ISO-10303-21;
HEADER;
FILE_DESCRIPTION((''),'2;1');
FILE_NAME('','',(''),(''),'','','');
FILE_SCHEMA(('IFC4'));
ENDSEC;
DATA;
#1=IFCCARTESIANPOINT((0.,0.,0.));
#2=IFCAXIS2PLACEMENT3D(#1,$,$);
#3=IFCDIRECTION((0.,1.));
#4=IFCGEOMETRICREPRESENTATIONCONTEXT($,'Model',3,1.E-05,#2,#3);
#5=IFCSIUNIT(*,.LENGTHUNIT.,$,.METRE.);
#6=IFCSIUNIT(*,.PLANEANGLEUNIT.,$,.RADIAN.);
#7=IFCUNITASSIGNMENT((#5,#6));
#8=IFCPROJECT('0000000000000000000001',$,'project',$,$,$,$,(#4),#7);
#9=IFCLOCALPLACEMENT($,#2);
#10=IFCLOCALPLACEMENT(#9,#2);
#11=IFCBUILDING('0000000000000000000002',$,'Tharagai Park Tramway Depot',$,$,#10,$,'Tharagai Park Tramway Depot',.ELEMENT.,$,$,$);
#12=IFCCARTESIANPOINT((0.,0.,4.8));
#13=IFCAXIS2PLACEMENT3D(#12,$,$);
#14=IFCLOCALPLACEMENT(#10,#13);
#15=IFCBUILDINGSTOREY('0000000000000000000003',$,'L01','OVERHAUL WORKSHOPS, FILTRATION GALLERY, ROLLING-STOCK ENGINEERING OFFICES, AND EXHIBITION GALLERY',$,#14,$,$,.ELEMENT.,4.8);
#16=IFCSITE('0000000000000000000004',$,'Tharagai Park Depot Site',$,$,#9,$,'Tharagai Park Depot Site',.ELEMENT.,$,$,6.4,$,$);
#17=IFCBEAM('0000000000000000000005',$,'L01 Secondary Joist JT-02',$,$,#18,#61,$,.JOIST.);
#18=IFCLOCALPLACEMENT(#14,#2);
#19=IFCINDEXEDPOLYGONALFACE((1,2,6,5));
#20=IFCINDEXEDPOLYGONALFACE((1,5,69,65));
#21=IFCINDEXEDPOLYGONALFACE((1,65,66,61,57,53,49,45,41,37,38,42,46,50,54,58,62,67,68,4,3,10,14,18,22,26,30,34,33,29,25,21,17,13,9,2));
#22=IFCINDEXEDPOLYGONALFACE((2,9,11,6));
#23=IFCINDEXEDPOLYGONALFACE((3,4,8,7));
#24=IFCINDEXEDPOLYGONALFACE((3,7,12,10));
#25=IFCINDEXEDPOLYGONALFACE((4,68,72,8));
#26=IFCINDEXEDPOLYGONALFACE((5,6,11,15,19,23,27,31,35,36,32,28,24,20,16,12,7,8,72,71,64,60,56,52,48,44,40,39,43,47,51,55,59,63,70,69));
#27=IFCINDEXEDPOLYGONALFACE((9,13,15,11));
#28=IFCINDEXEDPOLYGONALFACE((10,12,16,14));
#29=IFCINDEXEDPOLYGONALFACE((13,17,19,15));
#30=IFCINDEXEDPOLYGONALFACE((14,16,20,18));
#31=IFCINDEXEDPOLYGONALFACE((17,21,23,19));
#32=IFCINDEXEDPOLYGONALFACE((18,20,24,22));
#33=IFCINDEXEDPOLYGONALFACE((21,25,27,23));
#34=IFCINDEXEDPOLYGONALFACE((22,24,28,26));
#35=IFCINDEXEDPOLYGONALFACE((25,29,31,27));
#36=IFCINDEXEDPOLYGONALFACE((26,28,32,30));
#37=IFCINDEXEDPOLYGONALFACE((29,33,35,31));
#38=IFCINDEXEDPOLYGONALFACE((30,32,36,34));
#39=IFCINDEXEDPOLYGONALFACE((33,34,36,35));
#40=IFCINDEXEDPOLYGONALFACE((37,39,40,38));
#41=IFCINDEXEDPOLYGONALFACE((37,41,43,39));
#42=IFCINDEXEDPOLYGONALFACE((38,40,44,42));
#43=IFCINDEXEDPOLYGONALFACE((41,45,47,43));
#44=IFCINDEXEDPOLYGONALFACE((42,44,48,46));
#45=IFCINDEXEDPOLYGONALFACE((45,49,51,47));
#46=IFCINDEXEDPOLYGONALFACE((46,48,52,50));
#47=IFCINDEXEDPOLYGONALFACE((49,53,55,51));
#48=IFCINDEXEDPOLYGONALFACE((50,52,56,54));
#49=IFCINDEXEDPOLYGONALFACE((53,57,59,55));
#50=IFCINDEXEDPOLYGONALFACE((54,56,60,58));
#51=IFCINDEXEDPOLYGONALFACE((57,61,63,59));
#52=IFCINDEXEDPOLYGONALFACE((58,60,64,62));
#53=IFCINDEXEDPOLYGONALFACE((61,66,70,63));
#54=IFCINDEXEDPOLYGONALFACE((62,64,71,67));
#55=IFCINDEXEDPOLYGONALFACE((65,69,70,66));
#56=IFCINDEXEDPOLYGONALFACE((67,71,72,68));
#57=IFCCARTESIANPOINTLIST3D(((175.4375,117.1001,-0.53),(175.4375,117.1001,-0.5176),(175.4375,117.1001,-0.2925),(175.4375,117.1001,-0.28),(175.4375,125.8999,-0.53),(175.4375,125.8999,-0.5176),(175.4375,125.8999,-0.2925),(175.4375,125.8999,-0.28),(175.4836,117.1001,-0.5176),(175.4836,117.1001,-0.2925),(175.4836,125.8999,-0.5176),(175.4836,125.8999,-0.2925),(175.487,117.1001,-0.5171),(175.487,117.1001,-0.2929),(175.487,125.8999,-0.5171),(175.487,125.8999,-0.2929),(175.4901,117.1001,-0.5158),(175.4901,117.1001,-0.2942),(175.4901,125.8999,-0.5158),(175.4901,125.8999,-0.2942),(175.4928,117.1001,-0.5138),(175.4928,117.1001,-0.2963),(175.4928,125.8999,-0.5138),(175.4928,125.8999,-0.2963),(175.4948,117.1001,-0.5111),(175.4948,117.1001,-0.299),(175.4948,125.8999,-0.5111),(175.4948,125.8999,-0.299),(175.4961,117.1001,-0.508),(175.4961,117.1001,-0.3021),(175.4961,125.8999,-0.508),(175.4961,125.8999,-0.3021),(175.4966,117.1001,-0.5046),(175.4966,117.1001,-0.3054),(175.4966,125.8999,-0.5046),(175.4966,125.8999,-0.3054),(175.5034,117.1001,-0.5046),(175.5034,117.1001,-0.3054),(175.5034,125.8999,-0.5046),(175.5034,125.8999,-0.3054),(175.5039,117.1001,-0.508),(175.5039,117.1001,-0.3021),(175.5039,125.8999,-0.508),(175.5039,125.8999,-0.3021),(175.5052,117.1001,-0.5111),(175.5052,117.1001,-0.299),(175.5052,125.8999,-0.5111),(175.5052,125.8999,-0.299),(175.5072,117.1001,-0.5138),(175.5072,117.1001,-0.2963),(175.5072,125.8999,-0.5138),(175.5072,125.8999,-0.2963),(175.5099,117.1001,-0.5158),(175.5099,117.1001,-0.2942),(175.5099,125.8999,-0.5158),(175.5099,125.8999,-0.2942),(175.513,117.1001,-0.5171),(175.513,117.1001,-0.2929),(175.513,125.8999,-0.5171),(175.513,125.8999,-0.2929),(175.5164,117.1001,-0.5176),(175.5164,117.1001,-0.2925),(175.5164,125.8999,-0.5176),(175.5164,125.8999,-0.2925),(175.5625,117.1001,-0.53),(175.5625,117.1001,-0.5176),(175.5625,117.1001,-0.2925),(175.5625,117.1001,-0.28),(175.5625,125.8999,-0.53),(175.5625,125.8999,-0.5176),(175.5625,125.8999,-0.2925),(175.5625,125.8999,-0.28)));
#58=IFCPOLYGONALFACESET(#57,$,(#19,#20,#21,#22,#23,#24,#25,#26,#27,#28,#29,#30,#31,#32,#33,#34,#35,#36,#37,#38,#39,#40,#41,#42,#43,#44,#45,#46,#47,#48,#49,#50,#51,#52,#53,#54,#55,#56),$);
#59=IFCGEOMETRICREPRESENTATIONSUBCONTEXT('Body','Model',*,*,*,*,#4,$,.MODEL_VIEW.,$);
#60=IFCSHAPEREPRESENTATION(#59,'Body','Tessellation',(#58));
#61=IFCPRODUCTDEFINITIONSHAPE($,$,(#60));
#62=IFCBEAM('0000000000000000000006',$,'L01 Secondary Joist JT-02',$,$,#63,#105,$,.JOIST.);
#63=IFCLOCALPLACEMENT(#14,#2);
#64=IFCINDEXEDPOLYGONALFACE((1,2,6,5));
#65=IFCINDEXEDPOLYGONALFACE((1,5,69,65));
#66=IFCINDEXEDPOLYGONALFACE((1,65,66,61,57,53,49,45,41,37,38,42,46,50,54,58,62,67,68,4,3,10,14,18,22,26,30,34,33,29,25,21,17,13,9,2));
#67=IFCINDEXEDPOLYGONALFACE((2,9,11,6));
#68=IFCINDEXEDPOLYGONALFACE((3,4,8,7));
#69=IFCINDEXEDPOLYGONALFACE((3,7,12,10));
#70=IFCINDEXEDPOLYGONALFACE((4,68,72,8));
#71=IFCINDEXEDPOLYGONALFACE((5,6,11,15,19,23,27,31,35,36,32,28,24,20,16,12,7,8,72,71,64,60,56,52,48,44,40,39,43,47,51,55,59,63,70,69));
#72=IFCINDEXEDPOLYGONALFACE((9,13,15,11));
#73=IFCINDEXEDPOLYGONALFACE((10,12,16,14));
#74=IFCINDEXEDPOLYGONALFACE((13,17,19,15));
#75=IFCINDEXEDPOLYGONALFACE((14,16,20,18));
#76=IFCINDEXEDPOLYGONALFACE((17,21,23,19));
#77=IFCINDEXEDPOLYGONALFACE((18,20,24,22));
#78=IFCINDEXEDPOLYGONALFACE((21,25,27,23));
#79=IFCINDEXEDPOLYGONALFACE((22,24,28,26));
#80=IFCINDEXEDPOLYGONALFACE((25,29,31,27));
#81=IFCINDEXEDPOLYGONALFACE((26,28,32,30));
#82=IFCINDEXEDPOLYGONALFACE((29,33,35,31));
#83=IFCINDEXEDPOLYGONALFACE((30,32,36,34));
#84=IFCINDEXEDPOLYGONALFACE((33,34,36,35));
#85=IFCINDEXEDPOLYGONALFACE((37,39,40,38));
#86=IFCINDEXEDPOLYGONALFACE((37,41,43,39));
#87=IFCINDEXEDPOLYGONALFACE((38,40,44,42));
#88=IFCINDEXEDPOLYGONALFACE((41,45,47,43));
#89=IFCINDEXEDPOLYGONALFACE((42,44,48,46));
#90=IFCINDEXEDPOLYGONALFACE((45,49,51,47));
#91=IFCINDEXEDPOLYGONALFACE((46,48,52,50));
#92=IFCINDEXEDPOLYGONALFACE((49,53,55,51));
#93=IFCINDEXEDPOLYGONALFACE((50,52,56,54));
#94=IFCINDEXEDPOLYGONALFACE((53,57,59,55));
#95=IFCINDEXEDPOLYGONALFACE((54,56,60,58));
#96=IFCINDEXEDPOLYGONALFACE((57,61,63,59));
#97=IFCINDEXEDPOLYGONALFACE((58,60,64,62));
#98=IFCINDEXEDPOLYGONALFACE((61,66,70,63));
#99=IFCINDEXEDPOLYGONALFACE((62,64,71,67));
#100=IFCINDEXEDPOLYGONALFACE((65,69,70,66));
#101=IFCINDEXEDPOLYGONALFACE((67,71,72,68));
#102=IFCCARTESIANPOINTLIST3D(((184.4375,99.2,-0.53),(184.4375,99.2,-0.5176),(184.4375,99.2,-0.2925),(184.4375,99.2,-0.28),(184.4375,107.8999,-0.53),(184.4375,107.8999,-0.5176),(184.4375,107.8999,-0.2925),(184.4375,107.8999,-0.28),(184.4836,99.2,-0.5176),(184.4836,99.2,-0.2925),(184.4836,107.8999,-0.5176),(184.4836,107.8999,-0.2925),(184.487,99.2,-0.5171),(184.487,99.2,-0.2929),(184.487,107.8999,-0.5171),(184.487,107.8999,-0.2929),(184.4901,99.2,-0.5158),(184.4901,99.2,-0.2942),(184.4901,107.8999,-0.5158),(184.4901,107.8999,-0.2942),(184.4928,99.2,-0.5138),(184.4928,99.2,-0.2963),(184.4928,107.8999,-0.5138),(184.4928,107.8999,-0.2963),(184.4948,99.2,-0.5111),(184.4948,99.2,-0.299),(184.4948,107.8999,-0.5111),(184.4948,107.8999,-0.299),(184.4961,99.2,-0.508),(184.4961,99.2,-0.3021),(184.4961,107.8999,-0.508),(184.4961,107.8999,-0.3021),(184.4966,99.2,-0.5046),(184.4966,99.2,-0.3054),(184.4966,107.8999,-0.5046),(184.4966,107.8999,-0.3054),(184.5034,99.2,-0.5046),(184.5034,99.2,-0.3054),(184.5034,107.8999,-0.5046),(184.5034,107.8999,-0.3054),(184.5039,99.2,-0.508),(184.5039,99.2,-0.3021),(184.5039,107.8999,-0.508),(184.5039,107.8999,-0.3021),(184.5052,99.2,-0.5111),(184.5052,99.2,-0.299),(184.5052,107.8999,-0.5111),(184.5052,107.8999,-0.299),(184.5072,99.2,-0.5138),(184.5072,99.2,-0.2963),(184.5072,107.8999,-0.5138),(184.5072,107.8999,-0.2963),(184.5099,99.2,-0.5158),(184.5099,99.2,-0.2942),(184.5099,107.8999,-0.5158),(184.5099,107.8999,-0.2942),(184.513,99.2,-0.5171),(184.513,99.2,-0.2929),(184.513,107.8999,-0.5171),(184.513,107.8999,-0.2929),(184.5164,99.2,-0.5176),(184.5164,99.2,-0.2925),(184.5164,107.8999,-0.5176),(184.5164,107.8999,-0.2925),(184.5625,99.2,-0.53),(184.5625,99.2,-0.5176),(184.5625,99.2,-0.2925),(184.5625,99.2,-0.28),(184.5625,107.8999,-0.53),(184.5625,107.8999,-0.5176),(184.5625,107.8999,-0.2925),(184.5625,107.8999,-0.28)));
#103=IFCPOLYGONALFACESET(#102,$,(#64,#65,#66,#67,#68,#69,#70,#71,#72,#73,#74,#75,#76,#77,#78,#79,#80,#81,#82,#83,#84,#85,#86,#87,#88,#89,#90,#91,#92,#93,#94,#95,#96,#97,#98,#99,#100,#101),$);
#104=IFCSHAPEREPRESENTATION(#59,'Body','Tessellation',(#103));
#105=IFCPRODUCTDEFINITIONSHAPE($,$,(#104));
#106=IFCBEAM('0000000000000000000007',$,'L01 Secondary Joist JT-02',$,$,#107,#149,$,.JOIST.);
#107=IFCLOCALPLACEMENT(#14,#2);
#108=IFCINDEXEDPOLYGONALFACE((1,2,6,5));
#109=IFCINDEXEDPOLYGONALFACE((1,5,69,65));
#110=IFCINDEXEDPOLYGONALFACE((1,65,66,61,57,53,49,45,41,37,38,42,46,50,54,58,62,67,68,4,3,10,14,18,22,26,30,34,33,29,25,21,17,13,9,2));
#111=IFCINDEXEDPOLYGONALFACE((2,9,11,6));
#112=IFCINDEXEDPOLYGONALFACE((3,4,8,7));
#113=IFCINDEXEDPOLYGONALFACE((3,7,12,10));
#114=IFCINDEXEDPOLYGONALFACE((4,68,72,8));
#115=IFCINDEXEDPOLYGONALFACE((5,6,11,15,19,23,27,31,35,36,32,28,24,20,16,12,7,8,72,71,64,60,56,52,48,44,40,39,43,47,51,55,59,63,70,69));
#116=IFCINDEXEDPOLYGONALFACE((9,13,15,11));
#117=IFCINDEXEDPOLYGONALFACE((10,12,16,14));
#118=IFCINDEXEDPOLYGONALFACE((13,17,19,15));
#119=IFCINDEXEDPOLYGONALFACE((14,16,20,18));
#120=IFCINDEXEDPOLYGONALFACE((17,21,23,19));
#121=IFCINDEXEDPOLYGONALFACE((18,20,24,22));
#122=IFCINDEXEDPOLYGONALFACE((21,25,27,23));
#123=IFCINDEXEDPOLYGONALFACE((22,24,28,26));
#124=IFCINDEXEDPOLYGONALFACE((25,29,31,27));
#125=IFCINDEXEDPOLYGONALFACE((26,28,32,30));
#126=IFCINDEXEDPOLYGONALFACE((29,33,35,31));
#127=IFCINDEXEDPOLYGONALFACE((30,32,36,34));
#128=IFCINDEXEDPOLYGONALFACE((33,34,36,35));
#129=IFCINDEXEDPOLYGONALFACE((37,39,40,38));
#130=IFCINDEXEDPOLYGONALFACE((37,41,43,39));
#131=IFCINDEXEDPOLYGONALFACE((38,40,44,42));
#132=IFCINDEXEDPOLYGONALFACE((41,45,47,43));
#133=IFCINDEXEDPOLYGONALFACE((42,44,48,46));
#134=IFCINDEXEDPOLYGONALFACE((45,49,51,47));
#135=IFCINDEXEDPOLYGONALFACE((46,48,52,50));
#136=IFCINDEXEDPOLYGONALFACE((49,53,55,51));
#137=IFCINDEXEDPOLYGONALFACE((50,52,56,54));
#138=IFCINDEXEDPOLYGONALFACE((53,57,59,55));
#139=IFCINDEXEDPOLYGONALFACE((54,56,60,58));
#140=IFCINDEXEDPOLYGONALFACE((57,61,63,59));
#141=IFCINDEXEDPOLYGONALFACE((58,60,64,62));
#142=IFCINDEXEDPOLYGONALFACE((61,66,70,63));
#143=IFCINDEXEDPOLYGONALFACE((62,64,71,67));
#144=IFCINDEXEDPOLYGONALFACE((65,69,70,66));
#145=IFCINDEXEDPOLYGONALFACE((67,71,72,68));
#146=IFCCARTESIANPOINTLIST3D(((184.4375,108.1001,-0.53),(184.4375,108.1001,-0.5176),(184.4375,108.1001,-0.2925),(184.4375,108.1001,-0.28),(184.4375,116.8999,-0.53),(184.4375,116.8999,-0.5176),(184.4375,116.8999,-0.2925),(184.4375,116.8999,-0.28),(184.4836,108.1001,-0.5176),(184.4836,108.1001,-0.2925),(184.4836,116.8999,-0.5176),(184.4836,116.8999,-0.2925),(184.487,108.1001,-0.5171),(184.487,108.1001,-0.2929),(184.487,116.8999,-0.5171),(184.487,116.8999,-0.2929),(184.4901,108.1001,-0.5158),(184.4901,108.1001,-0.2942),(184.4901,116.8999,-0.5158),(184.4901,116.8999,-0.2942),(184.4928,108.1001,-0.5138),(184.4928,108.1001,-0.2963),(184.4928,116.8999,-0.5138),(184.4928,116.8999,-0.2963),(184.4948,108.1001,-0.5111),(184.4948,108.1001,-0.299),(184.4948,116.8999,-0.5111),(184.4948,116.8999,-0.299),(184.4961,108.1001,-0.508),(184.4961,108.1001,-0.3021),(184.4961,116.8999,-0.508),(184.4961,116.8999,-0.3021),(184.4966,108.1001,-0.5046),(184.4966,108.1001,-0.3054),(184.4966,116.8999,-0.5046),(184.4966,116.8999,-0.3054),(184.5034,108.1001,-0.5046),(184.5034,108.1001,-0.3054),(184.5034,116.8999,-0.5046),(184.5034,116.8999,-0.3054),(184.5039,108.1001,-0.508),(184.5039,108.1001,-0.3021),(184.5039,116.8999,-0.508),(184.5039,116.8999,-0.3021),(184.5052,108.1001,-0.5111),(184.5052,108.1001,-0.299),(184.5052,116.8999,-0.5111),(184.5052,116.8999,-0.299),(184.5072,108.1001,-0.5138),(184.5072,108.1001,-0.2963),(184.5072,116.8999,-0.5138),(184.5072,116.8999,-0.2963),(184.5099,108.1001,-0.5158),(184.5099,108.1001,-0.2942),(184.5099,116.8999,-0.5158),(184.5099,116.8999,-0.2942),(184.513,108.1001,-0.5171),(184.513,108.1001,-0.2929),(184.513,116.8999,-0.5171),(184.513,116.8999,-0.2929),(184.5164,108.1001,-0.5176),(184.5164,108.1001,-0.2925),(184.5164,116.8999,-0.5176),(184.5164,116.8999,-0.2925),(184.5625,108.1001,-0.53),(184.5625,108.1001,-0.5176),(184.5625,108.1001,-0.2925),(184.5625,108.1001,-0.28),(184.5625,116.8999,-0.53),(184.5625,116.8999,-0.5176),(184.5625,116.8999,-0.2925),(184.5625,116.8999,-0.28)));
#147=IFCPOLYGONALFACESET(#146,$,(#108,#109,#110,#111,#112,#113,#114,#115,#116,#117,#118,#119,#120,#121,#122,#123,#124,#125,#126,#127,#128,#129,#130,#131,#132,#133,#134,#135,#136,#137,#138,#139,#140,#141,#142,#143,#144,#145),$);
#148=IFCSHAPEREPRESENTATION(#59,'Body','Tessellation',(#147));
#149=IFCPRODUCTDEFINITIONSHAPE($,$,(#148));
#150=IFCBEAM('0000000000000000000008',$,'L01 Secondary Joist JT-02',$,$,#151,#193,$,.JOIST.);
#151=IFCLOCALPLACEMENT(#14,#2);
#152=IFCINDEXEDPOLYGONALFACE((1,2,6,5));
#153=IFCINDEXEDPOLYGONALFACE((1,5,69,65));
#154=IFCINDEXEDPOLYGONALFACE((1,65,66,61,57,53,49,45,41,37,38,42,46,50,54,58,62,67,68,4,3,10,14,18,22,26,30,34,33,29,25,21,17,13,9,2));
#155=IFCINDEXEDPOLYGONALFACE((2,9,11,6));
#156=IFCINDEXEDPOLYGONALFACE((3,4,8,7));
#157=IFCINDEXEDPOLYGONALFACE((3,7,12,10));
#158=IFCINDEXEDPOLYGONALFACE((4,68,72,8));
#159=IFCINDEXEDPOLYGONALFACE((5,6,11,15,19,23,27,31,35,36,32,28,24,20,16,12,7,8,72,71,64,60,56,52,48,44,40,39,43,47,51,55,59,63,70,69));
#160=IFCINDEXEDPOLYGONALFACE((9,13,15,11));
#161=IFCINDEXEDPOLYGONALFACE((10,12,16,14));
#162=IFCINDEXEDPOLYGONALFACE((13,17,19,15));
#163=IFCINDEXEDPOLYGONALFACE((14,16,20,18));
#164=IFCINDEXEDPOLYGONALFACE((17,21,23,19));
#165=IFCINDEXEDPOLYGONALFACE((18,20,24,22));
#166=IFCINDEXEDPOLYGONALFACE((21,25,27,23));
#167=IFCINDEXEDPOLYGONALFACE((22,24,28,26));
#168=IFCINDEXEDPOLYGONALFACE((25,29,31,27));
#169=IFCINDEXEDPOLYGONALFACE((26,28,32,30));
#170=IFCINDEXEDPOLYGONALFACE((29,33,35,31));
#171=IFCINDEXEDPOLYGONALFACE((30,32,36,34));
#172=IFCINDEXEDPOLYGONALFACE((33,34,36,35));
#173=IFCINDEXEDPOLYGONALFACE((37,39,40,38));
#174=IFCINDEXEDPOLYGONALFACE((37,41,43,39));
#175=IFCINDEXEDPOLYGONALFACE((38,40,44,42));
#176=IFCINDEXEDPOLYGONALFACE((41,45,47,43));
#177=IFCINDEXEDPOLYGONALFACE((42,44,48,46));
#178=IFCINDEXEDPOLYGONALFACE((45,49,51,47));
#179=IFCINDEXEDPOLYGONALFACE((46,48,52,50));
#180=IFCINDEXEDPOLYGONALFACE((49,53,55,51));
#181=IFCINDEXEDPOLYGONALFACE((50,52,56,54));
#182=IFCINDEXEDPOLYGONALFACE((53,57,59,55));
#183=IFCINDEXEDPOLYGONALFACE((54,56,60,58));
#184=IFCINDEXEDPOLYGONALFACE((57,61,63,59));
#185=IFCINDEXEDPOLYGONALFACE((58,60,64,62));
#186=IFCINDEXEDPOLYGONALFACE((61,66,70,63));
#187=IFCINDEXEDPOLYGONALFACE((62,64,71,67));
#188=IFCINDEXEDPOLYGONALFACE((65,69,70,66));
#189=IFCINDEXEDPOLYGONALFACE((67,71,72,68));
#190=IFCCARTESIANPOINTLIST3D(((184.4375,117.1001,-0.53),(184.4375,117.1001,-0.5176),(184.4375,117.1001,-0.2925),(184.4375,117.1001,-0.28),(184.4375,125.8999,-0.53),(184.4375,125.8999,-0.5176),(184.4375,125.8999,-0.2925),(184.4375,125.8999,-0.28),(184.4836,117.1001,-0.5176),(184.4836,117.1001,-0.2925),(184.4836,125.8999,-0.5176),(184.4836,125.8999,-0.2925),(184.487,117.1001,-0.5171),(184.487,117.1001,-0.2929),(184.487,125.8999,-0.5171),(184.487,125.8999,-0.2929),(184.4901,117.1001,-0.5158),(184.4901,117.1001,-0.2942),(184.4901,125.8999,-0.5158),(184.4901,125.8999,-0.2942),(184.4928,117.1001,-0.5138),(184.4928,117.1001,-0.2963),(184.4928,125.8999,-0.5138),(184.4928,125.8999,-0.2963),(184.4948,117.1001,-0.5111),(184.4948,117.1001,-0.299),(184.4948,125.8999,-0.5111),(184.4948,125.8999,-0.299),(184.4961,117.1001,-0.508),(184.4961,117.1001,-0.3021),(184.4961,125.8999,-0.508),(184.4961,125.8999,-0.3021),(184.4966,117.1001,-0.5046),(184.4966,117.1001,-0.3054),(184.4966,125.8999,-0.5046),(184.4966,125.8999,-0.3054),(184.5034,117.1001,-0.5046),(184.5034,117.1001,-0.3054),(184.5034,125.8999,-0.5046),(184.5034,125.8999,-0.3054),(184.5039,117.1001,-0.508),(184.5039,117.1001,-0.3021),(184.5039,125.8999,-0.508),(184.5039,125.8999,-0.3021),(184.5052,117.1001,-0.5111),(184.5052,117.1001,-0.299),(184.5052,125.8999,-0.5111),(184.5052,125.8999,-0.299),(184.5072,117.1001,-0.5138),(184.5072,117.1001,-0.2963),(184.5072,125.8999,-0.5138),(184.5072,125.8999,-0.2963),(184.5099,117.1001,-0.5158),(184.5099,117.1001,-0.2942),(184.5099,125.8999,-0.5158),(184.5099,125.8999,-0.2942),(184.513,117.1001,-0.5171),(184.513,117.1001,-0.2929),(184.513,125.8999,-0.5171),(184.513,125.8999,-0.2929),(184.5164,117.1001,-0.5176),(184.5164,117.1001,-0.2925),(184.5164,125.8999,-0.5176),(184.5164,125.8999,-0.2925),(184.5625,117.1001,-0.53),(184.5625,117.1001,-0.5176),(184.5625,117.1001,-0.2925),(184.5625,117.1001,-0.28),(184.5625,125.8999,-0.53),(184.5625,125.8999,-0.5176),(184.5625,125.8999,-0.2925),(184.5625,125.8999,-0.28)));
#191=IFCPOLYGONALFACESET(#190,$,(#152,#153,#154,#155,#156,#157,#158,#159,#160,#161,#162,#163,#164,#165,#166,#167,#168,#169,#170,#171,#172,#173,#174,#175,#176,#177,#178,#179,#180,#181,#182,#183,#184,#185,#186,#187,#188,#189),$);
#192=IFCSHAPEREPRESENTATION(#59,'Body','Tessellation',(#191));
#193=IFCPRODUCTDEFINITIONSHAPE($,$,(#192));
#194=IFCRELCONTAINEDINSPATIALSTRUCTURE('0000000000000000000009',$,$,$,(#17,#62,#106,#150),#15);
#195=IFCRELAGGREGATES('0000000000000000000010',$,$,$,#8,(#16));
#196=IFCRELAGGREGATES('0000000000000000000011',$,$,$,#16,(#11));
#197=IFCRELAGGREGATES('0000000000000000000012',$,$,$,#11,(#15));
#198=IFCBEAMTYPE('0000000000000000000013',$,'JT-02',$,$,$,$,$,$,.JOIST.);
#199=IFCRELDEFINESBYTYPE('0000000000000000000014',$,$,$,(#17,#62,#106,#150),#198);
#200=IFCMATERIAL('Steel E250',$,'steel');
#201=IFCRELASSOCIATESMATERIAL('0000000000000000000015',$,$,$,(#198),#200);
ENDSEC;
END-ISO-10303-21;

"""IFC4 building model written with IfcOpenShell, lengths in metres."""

from ifc_helpers import new_model, si_unit, direction, frame, origin, origin_2d, place, context, subcontext, project, spatial, i_section, extrude, material, material_profile, profile_set, type_object, element, save


model = new_model("IFC4")

# Units and contexts
model_context = context("Model", 3, precision=1e-05, world=origin(), true_north=direction((0.0, 1.0)))
body_context = subcontext(model_context, "Body", "Model", "MODEL_VIEW")
ifc_project = project(units=[si_unit("LENGTHUNIT", "METRE"), si_unit("PLANEANGLEUNIT", "RADIAN")], contexts=[model_context])

# Site, building, storey
site_placement = place(None, origin())
site = spatial("IfcSite", under=ifc_project, at=site_placement, Name="Tharagai Park Depot Site", LongName="Tharagai Park Depot Site", CompositionType="ELEMENT", RefElevation=6.4)
building_placement = place(site_placement, origin())
building = spatial("IfcBuilding", under=site, at=building_placement, Name="Tharagai Park Tramway Depot", LongName="Tharagai Park Tramway Depot", CompositionType="ELEMENT")
storey_placement = place(building_placement, frame((0.0, 0.0, 4.8)))
storey = spatial("IfcBuildingStorey", under=building, at=storey_placement, Name="L01", Description="OVERHAUL WORKSHOPS, FILTRATION GALLERY, ROLLING-STOCK ENGINEERING OFFICES, AND EXHIBITION GALLERY", CompositionType="ELEMENT", Elevation=4.8)

# Beams
ifc_material_1 = material(Name="Steel E250", Category="steel")
ifc_material_profile_1 = material_profile(ifc_material_1, i_section(OverallWidth=0.125, OverallDepth=0.25, WebThickness=0.0068, FlangeThickness=0.0125, FilletRadius=0.0129, at=origin_2d()), Name="ISMB 250")
ifc_profile_set_1 = profile_set([ifc_material_profile_1], Name="Steel E250")
beam_type_1 = type_object("IfcBeamType", Name="JT-02", PredefinedType="JOIST", material=ifc_profile_set_1)
for number, where, z_axis, x_axis, name in (
    (1, (175.5, 117.1001, -0.405), (0.0, 1.0, 0.0), (-1.0, 0.0, 0.0), "L01 Secondary Joist JT-02"),
):
    element("IfcBeam", number, at=place(storey_placement, frame(where, z_axis=z_axis, x_axis=x_axis)), inside=storey, type_object=beam_type_1, Name=name, PredefinedType="JOIST", context=body_context, shape_type="SweptSolid", body=[
        extrude(i_section(OverallWidth=0.125, OverallDepth=0.25, WebThickness=0.0068, FlangeThickness=0.0125, FilletRadius=0.0129, at=origin_2d()), origin(), (0.0, 0.0, 1.0), 8.7998),
    ])
beam_1_placement = place(storey_placement, frame((184.5, 99.2, -0.405), z_axis=(0.0, 1.0, 0.0), x_axis=(-1.0, 0.0, 0.0)))
element("IfcBeam", 2, at=beam_1_placement, inside=storey, type_object=beam_type_1, Name="L01 Secondary Joist JT-02", PredefinedType="JOIST", context=body_context, shape_type="SweptSolid", body=[
    extrude(i_section(OverallWidth=0.125, OverallDepth=0.25, WebThickness=0.0068, FlangeThickness=0.0125, FilletRadius=0.0129, at=origin_2d()), origin(), (0.0, 0.0, 1.0), 8.7),
])
for number, where, z_axis, x_axis, name in (
    (3, (184.5, 108.1001, -0.405), (0.0, 1.0, 0.0), (-1.0, 0.0, 0.0), "L01 Secondary Joist JT-02"),
    (4, (184.5, 117.1001, -0.405), (0.0, 1.0, 0.0), (-1.0, 0.0, 0.0), "L01 Secondary Joist JT-02"),
):
    element("IfcBeam", number, at=place(storey_placement, frame(where, z_axis=z_axis, x_axis=x_axis)), inside=storey, type_object=beam_type_1, Name=name, PredefinedType="JOIST", context=body_context, shape_type="SweptSolid", body=[
        extrude(i_section(OverallWidth=0.125, OverallDepth=0.25, WebThickness=0.0068, FlangeThickness=0.0125, FilletRadius=0.0129, at=origin_2d()), origin(), (0.0, 0.0, 1.0), 8.7998),
    ])

save(model, "model.ifc")
